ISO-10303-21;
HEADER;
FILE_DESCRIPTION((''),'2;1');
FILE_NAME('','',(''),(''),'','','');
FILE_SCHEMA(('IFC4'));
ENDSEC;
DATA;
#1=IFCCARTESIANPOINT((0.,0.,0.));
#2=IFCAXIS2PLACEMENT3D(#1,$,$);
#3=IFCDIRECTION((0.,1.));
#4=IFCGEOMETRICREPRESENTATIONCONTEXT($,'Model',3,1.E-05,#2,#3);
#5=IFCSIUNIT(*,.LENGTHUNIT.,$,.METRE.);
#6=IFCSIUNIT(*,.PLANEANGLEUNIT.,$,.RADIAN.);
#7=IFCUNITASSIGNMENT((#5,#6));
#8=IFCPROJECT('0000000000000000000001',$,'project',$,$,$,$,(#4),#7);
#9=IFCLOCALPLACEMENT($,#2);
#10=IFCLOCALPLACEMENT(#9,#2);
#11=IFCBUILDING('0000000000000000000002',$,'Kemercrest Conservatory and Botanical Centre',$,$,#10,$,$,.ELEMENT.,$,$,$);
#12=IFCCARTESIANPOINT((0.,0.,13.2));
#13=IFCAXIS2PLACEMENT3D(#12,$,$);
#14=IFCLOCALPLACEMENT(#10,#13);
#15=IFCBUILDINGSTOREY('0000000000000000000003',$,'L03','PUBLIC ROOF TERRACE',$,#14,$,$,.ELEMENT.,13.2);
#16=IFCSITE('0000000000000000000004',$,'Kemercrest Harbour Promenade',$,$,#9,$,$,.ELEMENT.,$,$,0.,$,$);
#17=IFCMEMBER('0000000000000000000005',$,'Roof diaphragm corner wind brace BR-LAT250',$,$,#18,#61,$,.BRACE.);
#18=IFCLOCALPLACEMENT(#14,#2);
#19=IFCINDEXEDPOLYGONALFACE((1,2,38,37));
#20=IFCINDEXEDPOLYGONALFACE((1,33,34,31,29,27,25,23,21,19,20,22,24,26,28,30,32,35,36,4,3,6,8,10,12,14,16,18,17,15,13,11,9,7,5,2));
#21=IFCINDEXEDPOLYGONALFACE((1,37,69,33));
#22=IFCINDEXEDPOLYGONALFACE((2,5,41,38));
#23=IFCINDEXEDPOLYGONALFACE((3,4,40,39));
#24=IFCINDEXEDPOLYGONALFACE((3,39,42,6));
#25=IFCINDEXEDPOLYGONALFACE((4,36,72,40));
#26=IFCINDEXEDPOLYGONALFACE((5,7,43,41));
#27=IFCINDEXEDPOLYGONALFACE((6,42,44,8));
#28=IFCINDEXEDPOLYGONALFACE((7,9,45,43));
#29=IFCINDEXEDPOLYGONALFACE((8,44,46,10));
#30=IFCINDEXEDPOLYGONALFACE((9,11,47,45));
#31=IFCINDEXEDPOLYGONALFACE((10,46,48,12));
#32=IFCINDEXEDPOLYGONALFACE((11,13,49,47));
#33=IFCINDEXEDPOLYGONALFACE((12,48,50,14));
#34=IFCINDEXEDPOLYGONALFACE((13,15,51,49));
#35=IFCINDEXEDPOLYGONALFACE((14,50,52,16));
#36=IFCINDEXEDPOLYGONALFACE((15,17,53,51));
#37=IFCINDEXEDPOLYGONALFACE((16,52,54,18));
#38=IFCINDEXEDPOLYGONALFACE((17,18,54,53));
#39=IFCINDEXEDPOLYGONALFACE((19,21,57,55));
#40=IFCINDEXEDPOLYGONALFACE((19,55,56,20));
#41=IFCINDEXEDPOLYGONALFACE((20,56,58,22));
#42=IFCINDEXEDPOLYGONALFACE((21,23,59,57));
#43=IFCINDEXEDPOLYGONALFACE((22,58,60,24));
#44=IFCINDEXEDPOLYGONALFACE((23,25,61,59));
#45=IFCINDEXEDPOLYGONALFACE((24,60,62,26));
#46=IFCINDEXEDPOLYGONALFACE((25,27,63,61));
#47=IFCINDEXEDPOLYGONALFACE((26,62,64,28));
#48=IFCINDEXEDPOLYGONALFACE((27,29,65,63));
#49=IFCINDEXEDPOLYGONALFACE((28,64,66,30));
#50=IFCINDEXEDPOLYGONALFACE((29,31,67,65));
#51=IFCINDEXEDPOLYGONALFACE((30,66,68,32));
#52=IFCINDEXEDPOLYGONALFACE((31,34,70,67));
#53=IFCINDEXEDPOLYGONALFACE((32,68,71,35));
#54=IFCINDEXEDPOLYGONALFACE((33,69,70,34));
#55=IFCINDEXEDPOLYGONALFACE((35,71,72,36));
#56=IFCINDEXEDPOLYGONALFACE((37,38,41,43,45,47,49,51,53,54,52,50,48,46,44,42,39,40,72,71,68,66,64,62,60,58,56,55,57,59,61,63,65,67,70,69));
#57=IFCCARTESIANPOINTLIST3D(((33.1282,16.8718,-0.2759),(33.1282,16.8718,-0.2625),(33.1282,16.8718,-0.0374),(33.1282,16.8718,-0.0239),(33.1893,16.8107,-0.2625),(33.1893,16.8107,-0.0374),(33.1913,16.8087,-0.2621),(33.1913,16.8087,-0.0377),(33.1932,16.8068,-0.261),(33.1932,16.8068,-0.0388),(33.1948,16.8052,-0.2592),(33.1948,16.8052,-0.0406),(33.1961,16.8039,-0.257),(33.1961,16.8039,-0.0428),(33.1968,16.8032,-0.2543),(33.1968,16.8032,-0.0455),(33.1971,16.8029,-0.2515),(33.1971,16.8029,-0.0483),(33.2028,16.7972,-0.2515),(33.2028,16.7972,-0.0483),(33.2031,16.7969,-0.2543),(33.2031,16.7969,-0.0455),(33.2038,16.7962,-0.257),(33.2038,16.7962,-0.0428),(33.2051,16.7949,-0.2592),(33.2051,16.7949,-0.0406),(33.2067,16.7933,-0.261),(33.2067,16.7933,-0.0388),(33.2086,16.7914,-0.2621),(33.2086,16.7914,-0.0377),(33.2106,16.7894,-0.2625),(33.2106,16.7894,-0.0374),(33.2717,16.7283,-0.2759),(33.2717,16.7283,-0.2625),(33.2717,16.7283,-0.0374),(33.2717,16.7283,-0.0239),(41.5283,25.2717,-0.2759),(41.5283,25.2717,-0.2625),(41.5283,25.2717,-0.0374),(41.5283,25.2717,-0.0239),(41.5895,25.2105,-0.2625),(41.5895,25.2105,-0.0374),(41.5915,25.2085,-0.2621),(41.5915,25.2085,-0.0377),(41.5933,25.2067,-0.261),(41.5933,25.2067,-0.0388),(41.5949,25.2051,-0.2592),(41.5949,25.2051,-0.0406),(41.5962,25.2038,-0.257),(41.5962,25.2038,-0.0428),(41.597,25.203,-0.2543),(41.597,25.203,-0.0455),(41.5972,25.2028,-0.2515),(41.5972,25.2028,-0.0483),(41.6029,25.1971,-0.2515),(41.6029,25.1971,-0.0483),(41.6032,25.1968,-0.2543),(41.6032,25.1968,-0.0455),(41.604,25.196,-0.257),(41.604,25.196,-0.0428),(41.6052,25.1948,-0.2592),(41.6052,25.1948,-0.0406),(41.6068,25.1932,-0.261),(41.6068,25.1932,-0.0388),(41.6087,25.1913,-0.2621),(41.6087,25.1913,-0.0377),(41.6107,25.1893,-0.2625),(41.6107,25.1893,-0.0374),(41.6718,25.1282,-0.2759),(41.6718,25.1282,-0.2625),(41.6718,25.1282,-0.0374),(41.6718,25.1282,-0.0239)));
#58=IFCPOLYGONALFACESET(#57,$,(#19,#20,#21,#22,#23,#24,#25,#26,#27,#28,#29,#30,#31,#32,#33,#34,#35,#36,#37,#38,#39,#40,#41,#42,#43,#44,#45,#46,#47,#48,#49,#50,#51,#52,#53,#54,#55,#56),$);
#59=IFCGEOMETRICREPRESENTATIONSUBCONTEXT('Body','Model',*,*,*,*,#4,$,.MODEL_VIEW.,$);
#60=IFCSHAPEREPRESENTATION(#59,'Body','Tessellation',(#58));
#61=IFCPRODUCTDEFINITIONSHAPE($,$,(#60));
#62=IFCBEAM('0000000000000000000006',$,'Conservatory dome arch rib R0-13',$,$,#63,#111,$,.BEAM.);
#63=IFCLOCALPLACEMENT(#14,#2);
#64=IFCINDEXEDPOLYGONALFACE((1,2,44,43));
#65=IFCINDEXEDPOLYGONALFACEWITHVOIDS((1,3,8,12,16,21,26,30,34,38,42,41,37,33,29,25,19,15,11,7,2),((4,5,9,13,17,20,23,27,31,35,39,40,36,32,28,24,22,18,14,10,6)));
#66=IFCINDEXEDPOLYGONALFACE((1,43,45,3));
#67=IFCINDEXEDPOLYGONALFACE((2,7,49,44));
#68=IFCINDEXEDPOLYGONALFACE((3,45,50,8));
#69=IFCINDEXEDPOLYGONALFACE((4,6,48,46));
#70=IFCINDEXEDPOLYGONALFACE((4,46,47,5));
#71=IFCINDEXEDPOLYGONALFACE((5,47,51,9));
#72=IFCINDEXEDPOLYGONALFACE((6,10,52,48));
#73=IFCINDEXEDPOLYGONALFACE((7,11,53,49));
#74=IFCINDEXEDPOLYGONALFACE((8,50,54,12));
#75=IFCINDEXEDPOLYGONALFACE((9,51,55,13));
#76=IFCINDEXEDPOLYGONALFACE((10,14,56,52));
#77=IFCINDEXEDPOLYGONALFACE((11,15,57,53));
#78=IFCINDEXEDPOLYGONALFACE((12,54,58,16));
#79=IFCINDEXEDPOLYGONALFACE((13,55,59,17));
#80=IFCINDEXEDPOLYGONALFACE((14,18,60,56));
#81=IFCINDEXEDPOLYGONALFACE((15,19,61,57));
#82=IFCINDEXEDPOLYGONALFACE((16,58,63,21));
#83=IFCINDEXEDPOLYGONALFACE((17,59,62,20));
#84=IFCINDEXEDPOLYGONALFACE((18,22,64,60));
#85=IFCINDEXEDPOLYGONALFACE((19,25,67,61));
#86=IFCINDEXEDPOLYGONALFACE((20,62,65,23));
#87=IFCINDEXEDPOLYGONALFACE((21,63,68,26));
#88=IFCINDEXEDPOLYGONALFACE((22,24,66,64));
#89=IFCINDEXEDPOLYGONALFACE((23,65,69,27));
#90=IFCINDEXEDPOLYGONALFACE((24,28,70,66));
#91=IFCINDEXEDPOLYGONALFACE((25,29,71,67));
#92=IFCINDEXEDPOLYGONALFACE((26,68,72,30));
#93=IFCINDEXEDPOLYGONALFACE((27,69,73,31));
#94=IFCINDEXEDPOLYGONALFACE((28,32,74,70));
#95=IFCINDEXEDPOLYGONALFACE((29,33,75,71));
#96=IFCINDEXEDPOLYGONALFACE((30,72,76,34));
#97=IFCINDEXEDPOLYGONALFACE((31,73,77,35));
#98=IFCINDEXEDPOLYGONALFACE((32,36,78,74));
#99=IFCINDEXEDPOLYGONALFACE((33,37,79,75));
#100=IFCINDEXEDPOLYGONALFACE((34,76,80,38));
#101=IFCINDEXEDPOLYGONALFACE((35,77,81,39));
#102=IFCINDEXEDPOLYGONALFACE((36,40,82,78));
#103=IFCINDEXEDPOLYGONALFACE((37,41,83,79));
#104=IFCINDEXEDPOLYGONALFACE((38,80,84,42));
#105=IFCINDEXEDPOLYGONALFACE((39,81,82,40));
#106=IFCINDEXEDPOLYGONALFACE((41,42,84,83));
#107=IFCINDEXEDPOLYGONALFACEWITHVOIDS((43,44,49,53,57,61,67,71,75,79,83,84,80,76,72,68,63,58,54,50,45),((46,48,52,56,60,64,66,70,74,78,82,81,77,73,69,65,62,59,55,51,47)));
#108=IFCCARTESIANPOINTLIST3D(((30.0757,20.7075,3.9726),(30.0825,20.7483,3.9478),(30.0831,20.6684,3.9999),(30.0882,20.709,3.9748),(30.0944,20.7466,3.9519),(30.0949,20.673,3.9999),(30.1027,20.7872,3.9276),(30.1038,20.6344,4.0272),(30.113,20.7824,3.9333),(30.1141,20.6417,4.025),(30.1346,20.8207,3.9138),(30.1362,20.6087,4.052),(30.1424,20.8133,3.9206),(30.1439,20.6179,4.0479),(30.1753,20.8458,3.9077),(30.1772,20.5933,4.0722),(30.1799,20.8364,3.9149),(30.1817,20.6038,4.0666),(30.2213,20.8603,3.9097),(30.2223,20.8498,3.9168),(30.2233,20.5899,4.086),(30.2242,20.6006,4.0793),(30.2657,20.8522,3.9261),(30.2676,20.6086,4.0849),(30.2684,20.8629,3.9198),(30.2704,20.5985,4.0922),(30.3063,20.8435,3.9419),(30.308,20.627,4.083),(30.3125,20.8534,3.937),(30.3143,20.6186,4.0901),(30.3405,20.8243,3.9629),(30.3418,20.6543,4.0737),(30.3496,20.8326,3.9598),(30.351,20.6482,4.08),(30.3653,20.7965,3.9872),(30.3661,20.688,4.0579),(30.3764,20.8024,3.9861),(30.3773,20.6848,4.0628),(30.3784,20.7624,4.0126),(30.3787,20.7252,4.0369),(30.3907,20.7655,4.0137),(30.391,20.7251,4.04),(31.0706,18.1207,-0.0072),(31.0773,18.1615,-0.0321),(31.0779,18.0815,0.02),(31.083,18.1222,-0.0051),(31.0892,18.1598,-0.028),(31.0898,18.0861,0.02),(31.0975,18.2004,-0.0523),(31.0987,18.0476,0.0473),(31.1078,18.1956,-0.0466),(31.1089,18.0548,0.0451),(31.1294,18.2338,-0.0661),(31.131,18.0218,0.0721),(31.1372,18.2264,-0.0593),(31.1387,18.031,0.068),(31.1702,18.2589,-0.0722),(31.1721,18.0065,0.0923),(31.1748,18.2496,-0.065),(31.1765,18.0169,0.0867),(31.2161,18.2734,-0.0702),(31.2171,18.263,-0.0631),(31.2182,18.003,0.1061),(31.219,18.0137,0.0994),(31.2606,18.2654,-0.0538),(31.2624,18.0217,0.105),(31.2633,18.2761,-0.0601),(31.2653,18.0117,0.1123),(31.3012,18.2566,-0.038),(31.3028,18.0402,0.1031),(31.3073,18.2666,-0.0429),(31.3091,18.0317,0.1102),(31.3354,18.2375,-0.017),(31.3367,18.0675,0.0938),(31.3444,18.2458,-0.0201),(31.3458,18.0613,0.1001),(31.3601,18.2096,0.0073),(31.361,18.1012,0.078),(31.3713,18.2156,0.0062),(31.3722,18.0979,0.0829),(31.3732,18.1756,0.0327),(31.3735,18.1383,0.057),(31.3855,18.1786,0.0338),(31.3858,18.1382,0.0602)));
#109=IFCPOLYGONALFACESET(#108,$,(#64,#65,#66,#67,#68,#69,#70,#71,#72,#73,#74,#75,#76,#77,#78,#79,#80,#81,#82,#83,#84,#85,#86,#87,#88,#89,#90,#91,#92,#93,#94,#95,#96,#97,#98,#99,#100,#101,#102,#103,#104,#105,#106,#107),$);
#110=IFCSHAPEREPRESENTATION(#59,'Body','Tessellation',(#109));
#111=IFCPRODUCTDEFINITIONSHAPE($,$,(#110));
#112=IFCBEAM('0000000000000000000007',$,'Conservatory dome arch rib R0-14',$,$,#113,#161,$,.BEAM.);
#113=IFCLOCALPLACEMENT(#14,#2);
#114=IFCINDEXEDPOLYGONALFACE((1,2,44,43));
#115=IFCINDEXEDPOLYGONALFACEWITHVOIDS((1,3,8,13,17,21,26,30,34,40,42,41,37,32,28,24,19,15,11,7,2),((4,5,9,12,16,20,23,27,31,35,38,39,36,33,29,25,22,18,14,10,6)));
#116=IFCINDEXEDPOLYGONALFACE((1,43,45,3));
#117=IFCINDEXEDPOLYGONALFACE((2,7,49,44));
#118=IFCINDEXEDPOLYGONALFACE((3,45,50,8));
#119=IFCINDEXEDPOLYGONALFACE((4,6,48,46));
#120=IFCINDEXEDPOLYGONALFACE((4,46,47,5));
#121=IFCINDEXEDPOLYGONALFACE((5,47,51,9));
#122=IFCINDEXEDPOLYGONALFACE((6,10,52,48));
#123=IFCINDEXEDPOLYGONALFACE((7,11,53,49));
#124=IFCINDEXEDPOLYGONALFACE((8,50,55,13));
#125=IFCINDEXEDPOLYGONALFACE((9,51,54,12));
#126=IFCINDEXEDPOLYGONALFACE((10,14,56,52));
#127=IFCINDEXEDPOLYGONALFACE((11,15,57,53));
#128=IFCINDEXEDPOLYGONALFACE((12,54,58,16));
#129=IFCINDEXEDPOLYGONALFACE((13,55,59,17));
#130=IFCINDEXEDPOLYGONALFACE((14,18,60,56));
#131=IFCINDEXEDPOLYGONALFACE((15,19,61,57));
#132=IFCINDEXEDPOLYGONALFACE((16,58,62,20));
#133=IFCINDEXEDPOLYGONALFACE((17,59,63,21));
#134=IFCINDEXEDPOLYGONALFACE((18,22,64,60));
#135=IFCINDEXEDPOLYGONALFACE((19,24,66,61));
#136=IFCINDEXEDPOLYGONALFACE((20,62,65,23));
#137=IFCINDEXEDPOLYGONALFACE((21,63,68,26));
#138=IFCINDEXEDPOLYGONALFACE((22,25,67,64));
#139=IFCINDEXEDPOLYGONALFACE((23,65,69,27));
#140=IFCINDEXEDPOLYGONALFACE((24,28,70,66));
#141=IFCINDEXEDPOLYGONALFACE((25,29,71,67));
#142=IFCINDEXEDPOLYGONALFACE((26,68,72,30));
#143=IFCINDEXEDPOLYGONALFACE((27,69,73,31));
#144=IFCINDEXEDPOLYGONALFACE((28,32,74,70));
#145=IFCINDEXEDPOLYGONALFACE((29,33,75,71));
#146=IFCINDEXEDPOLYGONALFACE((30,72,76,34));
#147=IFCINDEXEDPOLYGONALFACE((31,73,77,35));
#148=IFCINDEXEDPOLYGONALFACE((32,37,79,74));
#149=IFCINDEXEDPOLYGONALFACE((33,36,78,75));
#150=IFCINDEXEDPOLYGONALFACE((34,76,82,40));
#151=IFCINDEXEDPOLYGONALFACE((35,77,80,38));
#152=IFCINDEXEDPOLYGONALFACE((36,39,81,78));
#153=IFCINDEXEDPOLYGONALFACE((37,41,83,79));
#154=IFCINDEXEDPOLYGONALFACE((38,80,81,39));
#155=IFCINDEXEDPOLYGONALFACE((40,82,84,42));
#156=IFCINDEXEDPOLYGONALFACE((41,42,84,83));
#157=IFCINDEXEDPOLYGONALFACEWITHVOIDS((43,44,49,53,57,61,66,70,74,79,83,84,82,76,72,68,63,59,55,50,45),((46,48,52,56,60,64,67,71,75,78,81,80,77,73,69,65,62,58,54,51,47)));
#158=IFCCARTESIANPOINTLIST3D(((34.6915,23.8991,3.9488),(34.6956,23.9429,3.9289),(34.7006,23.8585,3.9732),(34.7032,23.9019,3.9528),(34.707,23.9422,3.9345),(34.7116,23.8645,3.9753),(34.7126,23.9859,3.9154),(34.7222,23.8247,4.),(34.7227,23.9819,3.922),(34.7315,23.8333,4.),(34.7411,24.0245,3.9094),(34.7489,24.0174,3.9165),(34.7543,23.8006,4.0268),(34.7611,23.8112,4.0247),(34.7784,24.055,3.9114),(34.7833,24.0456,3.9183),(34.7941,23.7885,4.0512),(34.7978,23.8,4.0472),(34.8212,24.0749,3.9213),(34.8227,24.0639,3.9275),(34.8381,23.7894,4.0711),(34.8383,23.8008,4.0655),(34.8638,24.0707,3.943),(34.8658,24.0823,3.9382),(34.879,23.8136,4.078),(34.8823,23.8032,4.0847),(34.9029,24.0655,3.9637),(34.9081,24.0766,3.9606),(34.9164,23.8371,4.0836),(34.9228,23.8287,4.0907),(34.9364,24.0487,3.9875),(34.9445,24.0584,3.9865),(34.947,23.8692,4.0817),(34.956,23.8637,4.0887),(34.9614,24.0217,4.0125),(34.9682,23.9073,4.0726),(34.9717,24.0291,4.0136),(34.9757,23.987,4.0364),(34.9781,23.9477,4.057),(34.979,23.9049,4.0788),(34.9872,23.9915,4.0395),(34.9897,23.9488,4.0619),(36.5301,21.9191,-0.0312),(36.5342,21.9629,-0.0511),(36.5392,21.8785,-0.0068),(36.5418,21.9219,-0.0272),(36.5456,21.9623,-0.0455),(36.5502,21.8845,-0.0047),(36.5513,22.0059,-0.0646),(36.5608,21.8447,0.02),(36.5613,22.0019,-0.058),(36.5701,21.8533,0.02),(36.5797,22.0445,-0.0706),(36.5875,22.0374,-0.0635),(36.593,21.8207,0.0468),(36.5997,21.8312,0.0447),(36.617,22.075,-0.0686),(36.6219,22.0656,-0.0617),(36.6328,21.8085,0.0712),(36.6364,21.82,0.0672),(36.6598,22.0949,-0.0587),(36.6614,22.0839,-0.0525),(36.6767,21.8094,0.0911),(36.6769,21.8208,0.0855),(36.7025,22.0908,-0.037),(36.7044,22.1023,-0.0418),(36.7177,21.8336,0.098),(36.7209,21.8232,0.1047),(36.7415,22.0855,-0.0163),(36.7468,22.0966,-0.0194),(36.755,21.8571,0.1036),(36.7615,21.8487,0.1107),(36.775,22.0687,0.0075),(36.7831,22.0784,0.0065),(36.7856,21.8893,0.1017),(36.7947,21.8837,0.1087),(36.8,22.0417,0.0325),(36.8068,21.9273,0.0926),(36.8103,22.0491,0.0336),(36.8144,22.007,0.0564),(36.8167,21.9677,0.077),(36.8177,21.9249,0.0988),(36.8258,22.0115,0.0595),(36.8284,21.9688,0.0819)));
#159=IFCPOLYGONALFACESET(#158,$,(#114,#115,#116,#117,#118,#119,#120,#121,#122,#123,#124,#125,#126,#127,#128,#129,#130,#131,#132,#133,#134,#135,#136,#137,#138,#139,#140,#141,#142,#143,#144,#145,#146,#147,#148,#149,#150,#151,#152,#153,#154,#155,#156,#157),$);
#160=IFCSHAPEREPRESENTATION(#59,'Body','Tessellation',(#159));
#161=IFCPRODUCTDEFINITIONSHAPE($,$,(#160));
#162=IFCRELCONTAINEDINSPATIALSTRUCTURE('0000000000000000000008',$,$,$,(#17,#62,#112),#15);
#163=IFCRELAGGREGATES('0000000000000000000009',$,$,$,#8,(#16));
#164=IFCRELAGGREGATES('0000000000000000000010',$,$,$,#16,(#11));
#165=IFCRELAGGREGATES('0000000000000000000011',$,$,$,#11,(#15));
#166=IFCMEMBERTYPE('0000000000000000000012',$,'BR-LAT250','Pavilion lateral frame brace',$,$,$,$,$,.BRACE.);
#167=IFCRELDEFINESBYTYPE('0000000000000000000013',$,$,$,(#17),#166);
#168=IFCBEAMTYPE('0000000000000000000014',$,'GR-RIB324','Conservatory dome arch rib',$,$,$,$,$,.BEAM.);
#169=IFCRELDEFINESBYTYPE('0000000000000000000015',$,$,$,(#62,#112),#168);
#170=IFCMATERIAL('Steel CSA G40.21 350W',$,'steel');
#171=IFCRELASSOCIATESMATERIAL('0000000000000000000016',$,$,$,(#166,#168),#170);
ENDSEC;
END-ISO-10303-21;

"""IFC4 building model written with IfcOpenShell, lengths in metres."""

from ifc_helpers import new_model, si_unit, direction, frame, origin, origin_2d, place, context, subcontext, project, spatial, hollow_circle, i_section, extrude, material, material_profile, profile_set, type_object, element, save


model = new_model("IFC4")

# Units and contexts
model_context = context("Model", 3, precision=1e-05, world=origin(), true_north=direction((0.0, 1.0)))
body_context = subcontext(model_context, "Body", "Model", "MODEL_VIEW")
ifc_project = project(units=[si_unit("LENGTHUNIT", "METRE"), si_unit("PLANEANGLEUNIT", "RADIAN")], contexts=[model_context])

# Site, building, storey
site_placement = place(None, origin())
site = spatial("IfcSite", under=ifc_project, at=site_placement, Name="Kemercrest Harbour Promenade", CompositionType="ELEMENT", RefElevation=0.0)
building_placement = place(site_placement, origin())
building = spatial("IfcBuilding", under=site, at=building_placement, Name="Kemercrest Conservatory and Botanical Centre", CompositionType="ELEMENT")
storey_placement = place(building_placement, frame((0.0, 0.0, 13.2)))
storey = spatial("IfcBuildingStorey", under=building, at=storey_placement, Name="L03", Description="PUBLIC ROOF TERRACE", CompositionType="ELEMENT", Elevation=13.2)

# Member
ifc_material_1 = material(Name="Steel CSA G40.21 350W", Category="steel")
ifc_material_profile_1 = material_profile(ifc_material_1, i_section(OverallWidth=0.2029, OverallDepth=0.252, WebThickness=0.0081, FlangeThickness=0.0134, FilletRadius=0.011, at=origin_2d()), Name="W250X58")
ifc_profile_set_1 = profile_set([ifc_material_profile_1], Name="Steel CSA G40.21 350W")
member_type_1 = type_object("IfcMemberType", Name="BR-LAT250", Description="Pavilion lateral frame brace", PredefinedType="BRACE", material=ifc_profile_set_1)
member_1_placement = place(storey_placement, frame((33.2, 16.8, -0.1499), z_axis=(0.707117, 0.707097, 0.0), x_axis=(-0.707097, 0.707117, 0.0)))
element("IfcMember", 1, at=member_1_placement, inside=storey, type_object=member_type_1, Name="Roof diaphragm corner wind brace BR-LAT250", PredefinedType="BRACE", context=body_context, shape_type="SweptSolid", body=[
    extrude(i_section(OverallWidth=0.2029, OverallDepth=0.252, WebThickness=0.0081, FlangeThickness=0.0134, FilletRadius=0.011, at=origin_2d()), origin(), (0.0, 0.0, 1.0), 11.8794),
])

# Beams
ifc_material_profile_2 = material_profile(ifc_material_1, hollow_circle(Radius=0.1619, WallThickness=0.0127, at=origin_2d()), Name="CHS 323.9x12.7")
ifc_profile_set_2 = profile_set([ifc_material_profile_2], Name="Steel CSA G40.21 350W")
beam_type = type_object("IfcBeamType", Name="GR-RIB324", Description="Conservatory dome arch rib", PredefinedType="BEAM", material=ifc_profile_set_2)
beam_1_placement = place(storey_placement, frame((31.229, 18.1396, 0.02), z_axis=(-0.20513, 0.533388, 0.820621), x_axis=(-0.933357, -0.35895, 0.0)))
element("IfcBeam", 2, at=beam_1_placement, inside=storey, type_object=beam_type, Name="Conservatory dome arch rib R0-13", PredefinedType="BEAM", context=body_context, shape_type="SweptSolid", body=[
    extrude(hollow_circle(Radius=0.1619, WallThickness=0.0127, at=origin_2d()), origin(), (0.0, 0.0, 1.0), 4.8499),
])
beam_2_placement = place(storey_placement, frame((36.6794, 21.9548, 0.02), z_axis=(-0.382209, 0.411594, 0.827349), x_axis=(-0.732781, -0.680465, 0.0)))
element("IfcBeam", 3, at=beam_2_placement, inside=storey, type_object=beam_type, Name="Conservatory dome arch rib R0-14", PredefinedType="BEAM", context=body_context, shape_type="SweptSolid", body=[
    extrude(hollow_circle(Radius=0.1619, WallThickness=0.0127, at=origin_2d()), origin(), (0.0, 0.0, 1.0), 4.8105),
])

save(model, "model.ifc")
